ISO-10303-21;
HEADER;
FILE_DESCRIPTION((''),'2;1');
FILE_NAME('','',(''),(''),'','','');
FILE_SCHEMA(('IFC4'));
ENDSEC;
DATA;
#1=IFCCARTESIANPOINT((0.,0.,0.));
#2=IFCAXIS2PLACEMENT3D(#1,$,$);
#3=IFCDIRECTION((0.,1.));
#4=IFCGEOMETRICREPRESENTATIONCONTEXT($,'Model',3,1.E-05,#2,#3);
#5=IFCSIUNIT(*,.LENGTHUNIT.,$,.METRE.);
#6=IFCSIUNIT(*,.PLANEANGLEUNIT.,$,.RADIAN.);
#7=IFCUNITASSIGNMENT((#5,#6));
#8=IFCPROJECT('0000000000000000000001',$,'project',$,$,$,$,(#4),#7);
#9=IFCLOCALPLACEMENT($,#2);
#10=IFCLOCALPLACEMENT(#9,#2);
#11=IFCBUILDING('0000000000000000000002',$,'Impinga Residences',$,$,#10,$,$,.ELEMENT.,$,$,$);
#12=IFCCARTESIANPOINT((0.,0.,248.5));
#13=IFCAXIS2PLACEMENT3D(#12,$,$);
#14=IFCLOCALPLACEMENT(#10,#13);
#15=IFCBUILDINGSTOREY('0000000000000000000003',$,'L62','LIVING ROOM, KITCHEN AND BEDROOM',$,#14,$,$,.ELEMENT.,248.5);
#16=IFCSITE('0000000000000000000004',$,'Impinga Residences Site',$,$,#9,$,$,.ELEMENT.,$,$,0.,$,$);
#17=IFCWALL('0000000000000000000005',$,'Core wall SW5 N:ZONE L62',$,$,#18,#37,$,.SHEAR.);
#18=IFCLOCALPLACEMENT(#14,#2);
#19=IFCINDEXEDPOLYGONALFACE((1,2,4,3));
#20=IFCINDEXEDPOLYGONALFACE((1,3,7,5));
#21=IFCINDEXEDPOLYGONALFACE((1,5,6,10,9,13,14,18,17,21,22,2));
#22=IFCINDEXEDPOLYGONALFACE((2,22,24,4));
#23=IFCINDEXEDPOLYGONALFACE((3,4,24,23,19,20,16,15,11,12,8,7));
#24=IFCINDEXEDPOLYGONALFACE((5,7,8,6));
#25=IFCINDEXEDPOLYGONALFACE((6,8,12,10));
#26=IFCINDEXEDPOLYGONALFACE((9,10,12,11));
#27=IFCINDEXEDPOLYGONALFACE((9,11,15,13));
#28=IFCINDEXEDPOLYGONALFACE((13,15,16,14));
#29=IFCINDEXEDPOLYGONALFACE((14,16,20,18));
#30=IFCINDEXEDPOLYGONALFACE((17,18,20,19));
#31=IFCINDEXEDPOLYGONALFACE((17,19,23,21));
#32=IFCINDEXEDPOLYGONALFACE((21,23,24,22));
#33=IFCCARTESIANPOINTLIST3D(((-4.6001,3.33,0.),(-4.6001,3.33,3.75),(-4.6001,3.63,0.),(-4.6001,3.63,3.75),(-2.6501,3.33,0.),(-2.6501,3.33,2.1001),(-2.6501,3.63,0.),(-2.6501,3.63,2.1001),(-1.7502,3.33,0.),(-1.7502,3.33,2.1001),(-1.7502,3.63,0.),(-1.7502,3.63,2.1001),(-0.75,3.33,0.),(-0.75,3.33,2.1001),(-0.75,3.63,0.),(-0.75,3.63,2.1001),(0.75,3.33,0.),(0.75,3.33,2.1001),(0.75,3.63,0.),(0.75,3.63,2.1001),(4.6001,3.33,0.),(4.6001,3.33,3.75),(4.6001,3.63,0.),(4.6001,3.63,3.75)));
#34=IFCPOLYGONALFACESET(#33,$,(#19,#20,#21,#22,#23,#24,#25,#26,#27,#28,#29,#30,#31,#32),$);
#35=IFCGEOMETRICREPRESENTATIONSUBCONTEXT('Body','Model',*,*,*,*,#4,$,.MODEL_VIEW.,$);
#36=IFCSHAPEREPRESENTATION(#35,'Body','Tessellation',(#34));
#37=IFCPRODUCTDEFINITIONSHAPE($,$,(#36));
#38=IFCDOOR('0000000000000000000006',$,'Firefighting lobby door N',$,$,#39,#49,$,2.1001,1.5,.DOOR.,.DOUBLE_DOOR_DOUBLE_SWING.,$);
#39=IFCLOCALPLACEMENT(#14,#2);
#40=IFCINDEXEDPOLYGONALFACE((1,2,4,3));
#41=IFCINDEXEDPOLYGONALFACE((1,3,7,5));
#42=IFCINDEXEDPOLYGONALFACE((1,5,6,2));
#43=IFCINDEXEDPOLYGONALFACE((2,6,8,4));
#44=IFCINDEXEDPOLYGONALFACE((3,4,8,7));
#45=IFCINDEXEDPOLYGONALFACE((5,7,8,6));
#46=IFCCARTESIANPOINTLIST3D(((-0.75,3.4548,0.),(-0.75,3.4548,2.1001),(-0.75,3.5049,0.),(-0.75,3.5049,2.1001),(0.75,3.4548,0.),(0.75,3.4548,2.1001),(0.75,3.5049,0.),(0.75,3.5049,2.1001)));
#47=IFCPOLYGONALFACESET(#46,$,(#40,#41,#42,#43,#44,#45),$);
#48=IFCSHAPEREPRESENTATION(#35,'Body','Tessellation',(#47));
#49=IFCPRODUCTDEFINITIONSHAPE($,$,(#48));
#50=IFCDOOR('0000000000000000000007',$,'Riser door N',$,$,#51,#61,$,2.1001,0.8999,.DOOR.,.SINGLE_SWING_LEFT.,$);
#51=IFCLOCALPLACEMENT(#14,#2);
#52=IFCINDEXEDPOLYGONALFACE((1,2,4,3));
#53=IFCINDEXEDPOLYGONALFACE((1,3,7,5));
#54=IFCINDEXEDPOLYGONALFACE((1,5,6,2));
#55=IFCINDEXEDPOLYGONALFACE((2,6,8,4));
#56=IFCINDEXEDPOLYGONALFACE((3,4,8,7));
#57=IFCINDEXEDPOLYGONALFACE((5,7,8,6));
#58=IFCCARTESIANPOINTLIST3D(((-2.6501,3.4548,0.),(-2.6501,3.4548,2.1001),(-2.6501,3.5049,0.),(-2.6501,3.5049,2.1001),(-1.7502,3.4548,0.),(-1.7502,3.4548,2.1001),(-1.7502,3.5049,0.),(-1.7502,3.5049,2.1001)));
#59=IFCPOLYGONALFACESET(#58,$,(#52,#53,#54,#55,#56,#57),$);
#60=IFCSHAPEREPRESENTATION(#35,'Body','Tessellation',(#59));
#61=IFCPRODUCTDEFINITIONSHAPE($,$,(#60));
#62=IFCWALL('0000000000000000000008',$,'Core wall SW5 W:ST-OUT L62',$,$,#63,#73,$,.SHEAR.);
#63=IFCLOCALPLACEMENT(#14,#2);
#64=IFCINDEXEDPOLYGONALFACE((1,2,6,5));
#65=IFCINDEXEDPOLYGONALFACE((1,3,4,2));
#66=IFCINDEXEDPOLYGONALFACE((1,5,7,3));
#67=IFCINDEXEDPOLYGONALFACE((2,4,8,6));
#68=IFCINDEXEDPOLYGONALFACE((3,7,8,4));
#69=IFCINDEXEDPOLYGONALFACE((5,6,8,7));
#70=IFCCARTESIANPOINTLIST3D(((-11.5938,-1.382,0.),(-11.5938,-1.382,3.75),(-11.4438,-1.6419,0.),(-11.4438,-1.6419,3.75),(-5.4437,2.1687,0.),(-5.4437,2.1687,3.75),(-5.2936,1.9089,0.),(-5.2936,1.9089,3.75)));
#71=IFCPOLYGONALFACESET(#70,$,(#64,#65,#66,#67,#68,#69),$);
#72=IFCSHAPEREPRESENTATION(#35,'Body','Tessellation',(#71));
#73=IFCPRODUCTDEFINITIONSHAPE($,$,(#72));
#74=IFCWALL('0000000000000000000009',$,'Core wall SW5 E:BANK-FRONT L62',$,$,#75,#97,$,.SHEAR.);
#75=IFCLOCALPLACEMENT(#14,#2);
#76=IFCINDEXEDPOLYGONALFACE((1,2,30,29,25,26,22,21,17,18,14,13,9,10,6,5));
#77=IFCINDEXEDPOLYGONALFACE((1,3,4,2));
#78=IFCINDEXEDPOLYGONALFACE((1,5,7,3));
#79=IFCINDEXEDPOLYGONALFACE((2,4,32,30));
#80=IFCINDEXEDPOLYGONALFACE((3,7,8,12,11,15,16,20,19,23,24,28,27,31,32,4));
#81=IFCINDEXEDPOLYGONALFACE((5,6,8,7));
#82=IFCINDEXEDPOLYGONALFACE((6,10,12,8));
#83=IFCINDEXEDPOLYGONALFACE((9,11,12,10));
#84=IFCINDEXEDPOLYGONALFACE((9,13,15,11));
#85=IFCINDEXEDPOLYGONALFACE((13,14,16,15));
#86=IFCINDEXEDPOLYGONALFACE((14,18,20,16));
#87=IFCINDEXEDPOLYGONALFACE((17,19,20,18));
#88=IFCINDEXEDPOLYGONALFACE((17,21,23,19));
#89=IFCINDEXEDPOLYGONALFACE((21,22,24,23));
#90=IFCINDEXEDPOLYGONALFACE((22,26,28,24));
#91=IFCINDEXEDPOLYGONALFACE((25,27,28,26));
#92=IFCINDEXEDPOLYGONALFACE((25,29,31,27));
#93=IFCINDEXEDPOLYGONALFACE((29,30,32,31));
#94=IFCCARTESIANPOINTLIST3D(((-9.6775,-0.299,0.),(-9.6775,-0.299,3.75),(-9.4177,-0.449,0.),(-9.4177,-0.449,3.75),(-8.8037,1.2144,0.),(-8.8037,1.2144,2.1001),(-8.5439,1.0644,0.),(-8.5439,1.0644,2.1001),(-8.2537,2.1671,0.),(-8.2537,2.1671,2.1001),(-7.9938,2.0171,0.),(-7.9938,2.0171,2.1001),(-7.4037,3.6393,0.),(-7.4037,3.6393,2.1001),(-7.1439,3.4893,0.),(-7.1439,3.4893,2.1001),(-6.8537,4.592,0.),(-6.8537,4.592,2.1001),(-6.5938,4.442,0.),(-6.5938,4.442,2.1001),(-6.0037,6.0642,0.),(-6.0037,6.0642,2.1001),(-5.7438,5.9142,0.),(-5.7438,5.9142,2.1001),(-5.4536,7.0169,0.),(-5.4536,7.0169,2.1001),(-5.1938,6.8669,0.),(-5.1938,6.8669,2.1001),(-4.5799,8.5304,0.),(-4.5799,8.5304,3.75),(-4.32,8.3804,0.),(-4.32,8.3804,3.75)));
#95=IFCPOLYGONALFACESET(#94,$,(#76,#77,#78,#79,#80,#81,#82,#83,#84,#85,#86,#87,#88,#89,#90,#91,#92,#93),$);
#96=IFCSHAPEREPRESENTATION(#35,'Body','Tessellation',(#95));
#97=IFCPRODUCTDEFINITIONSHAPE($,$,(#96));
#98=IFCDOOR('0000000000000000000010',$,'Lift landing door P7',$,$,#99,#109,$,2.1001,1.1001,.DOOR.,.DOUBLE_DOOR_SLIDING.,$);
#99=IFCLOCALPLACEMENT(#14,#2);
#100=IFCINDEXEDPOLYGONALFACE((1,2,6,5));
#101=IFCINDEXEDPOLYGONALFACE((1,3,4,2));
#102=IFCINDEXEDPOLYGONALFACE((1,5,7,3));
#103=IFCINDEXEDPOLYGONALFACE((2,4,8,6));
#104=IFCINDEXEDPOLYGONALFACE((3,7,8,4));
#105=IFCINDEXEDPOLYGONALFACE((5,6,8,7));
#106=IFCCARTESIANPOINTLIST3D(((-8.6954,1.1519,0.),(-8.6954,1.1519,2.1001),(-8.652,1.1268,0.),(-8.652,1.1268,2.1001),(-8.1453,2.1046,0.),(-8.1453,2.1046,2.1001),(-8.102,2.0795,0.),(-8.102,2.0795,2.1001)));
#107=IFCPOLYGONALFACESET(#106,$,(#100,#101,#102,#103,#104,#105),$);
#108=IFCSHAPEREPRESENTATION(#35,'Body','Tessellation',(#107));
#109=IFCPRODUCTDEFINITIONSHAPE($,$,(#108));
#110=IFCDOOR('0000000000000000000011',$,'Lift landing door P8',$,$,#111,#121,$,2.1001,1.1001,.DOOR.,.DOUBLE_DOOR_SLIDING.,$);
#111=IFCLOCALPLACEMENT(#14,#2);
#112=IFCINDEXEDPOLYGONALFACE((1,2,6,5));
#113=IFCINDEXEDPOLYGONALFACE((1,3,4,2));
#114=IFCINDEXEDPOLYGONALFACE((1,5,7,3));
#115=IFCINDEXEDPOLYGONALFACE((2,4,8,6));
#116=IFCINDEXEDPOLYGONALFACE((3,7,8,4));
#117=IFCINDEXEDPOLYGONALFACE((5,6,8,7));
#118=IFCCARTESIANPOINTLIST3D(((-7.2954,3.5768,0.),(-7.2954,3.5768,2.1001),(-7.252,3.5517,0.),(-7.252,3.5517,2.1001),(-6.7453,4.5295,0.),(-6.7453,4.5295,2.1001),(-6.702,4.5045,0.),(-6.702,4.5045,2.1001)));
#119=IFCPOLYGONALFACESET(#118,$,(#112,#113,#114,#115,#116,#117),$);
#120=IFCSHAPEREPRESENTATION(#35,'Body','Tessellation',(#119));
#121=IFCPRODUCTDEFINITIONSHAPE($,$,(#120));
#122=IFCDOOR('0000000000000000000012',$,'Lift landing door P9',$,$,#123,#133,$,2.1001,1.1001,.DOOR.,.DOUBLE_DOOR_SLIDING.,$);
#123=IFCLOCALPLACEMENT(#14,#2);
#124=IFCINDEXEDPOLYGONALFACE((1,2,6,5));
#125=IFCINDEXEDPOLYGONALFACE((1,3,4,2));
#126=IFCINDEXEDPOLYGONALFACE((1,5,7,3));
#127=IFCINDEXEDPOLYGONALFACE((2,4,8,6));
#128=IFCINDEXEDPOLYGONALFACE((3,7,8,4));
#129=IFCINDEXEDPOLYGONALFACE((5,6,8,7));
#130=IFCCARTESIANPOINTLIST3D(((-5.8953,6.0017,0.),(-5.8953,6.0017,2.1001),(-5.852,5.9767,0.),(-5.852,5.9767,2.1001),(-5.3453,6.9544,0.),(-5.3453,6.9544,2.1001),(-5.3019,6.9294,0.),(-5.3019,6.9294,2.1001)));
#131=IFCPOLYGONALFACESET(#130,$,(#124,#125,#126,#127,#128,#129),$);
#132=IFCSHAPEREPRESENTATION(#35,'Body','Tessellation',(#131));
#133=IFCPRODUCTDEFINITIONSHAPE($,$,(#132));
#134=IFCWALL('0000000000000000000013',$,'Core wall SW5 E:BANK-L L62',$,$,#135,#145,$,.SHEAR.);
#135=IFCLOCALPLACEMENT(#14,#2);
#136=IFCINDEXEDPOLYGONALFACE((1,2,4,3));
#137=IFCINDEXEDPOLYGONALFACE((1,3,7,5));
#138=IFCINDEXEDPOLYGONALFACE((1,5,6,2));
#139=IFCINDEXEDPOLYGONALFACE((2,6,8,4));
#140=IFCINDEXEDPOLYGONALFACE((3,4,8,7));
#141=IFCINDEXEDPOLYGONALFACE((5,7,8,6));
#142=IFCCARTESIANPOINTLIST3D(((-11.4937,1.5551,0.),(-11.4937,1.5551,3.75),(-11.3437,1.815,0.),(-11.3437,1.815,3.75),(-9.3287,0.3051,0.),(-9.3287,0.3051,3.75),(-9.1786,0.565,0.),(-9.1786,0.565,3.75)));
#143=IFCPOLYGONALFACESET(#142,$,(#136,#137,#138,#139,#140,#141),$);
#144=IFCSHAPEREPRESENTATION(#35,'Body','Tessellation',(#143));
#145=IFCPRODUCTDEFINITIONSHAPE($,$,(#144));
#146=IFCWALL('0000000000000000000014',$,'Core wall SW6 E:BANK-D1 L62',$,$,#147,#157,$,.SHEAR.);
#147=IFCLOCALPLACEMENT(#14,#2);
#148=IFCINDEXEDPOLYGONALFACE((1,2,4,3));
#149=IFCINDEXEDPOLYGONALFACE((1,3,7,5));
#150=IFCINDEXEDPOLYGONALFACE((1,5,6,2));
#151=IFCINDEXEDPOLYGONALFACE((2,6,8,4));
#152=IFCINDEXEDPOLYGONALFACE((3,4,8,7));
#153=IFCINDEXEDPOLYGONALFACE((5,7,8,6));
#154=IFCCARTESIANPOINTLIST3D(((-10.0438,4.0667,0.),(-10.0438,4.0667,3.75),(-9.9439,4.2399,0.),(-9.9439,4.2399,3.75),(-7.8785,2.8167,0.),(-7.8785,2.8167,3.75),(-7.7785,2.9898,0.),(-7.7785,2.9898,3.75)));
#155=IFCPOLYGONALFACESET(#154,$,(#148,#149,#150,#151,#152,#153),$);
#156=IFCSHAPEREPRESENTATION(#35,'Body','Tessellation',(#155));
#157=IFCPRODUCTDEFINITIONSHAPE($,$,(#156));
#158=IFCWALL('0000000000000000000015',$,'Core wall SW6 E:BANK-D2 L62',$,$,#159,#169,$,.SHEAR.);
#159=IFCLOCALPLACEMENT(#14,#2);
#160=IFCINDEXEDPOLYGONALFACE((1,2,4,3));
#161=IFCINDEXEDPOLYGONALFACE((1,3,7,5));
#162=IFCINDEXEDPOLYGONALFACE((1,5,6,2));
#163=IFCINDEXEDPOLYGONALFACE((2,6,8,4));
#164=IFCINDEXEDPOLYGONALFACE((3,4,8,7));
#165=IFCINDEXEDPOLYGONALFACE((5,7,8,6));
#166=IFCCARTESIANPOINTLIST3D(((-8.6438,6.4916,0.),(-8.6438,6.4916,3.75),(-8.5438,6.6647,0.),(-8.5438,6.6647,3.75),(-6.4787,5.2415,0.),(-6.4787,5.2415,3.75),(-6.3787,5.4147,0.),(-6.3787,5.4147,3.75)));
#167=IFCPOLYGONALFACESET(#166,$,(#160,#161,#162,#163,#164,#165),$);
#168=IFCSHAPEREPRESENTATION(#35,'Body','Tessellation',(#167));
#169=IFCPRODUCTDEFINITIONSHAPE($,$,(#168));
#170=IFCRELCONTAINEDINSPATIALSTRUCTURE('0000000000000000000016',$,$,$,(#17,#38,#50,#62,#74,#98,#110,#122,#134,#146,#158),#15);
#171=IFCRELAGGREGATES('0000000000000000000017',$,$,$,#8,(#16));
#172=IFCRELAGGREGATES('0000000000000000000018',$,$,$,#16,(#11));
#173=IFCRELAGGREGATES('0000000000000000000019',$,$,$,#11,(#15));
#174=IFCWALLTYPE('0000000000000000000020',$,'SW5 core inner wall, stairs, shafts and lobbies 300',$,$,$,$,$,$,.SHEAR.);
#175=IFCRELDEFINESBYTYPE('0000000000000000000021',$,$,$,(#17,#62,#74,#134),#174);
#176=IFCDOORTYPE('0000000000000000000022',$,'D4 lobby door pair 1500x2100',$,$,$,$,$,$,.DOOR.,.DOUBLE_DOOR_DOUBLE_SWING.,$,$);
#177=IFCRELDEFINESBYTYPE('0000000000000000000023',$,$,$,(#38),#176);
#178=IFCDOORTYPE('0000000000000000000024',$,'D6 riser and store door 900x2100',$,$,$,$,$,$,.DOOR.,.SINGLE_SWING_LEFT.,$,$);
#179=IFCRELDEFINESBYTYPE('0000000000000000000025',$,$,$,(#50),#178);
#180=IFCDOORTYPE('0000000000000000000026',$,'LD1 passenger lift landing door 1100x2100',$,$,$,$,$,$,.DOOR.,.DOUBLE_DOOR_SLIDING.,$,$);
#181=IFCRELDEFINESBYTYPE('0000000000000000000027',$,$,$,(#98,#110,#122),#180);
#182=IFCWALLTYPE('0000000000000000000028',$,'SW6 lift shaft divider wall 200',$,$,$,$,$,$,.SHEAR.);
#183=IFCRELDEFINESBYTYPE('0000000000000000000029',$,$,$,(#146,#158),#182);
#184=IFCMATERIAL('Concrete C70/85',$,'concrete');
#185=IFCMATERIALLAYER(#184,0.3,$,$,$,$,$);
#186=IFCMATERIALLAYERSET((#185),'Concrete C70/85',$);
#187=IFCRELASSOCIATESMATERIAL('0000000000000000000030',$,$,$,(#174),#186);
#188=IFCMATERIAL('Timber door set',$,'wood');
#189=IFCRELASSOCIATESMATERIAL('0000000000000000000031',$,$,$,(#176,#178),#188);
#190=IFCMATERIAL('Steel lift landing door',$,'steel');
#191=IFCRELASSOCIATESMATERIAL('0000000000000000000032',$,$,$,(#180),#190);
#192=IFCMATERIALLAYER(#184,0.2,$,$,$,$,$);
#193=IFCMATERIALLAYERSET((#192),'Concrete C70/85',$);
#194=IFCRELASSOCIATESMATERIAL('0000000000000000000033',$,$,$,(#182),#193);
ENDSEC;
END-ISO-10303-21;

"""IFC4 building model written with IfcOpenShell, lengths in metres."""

from ifc_helpers import new_model, si_unit, direction, frame, frame_2d, origin, place, context, subcontext, project, spatial, rectangle, extrude, material, layer, layer_set, type_object, element, fill, save


model = new_model("IFC4")

# Units and contexts
model_context = context("Model", 3, precision=1e-05, world=origin(), true_north=direction((0.0, 1.0)))
body_context = subcontext(model_context, "Body", "Model", "MODEL_VIEW")
ifc_project = project(units=[si_unit("LENGTHUNIT", "METRE"), si_unit("PLANEANGLEUNIT", "RADIAN")], contexts=[model_context])

# Site, building, storey
site_placement = place(None, origin())
site = spatial("IfcSite", under=ifc_project, at=site_placement, Name="Impinga Residences Site", CompositionType="ELEMENT", RefElevation=0.0)
building_placement = place(site_placement, origin())
building = spatial("IfcBuilding", under=site, at=building_placement, Name="Impinga Residences", CompositionType="ELEMENT")
storey_placement = place(building_placement, frame((0.0, 0.0, 248.5)))
storey = spatial("IfcBuildingStorey", under=building, at=storey_placement, Name="L62", Description="LIVING ROOM, KITCHEN AND BEDROOM", CompositionType="ELEMENT", Elevation=248.5)

# Shared definitions
ifc_material_1 = material(Name="Timber door set", Category="wood")

# Wall, openings, doors
ifc_material_2 = material(Name="Concrete C70/85", Category="concrete")
ifc_layer_1 = layer(ifc_material_2, 0.3)
ifc_layer_set_1 = layer_set([ifc_layer_1], Name="Concrete C70/85")
wall_type_1 = type_object("IfcWallType", Name="SW5 core inner wall, stairs, shafts and lobbies 300", PredefinedType="SHEAR", material=ifc_layer_set_1)
wall_1_placement = place(storey_placement, frame((-4.6001, 3.48, 0.0), z_axis=(0.0, 0.0, 1.0), x_axis=(1.0, 0.0, 0.0)))
wall_1 = element("IfcWall", 1, at=wall_1_placement, inside=storey, type_object=wall_type_1, Name="Core wall SW5 N:ZONE L62", PredefinedType="SHEAR", context=body_context, shape_type="SweptSolid", body=[
    extrude(rectangle(XDim=9.2002, YDim=0.3, at=frame_2d((4.6001, 0.0))), origin(), (0.0, 0.0, 1.0), 3.75),
])
opening_1_placement = place(wall_1_placement, frame((3.8501, 0.0, 0.0)))
opening_1 = element("IfcOpeningElement", 2, at=opening_1_placement, cuts=wall_1, PredefinedType="OPENING", context=body_context, shape_type="SweptSolid", body=[
    extrude(rectangle(XDim=1.5, YDim=2.1001, at=frame_2d((0.75, 1.05))), frame((0.0, 0.1599, 0.0), z_axis=(0.0, -1.0, 0.0), x_axis=(1.0, 0.0, 0.0)), (0.0, 0.0, 1.0), 0.3201),
])
opening_2_placement = place(wall_1_placement, frame((1.95, 0.0, 0.0)))
opening_2 = element("IfcOpeningElement", 3, at=opening_2_placement, cuts=wall_1, PredefinedType="OPENING", context=body_context, shape_type="SweptSolid", body=[
    extrude(rectangle(XDim=0.8999, YDim=2.1001, at=frame_2d((0.45, 1.05))), frame((0.0, 0.1599, 0.0), z_axis=(0.0, -1.0, 0.0), x_axis=(1.0, 0.0, 0.0)), (0.0, 0.0, 1.0), 0.3201),
])
door_type_1 = type_object("IfcDoorType", Name="D4 lobby door pair 1500x2100", OperationType="DOUBLE_DOOR_DOUBLE_SWING", PredefinedType="DOOR", material=ifc_material_1)
door_1_placement = place(opening_1_placement, origin())
door_1 = element("IfcDoor", 4, at=door_1_placement, inside=storey, type_object=door_type_1, Name="Firefighting lobby door N", OperationType="DOUBLE_DOOR_DOUBLE_SWING", OverallHeight=2.1001, OverallWidth=1.5, PredefinedType="DOOR", context=body_context, shape_type="SweptSolid", body=[
    extrude(rectangle(XDim=1.5, YDim=2.1001, at=frame_2d((0.75, 1.05))), frame((0.0, 0.0249, 0.0), z_axis=(0.0, -1.0, 0.0), x_axis=(1.0, 0.0, 0.0)), (0.0, 0.0, 1.0), 0.05),
])
fill(opening_1, door_1)
door_type_2 = type_object("IfcDoorType", Name="D6 riser and store door 900x2100", OperationType="SINGLE_SWING_LEFT", PredefinedType="DOOR", material=ifc_material_1)
door_2_placement = place(opening_2_placement, origin())
door_2 = element("IfcDoor", 5, at=door_2_placement, inside=storey, type_object=door_type_2, Name="Riser door N", OperationType="SINGLE_SWING_LEFT", OverallHeight=2.1001, OverallWidth=0.8999, PredefinedType="DOOR", context=body_context, shape_type="SweptSolid", body=[
    extrude(rectangle(XDim=0.8999, YDim=2.1001, at=frame_2d((0.45, 1.05))), frame((0.0, 0.0249, 0.0), z_axis=(0.0, -1.0, 0.0), x_axis=(1.0, 0.0, 0.0)), (0.0, 0.0, 1.0), 0.05),
])
fill(opening_2, door_2)

# Wall
wall_2_placement = place(storey_placement, frame((-5.3687, 2.0388, 0.0), z_axis=(0.0, 0.0, 1.0), x_axis=(-0.866026, -0.499999, 0.0)))
element("IfcWall", 6, at=wall_2_placement, inside=storey, type_object=wall_type_1, Name="Core wall SW5 W:ST-OUT L62", PredefinedType="SHEAR", context=body_context, shape_type="SweptSolid", body=[
    extrude(rectangle(XDim=7.1016, YDim=0.3, at=frame_2d((3.5508, 0.0))), origin(), (0.0, 0.0, 1.0), 3.75),
])

# Wall, openings, doors
wall_3_placement = place(storey_placement, frame((-9.5476, -0.374, 0.0), z_axis=(0.0, 0.0, 1.0), x_axis=(0.500002, 0.866024, 0.0)))
wall_3 = element("IfcWall", 7, at=wall_3_placement, inside=storey, type_object=wall_type_1, Name="Core wall SW5 E:BANK-FRONT L62", PredefinedType="SHEAR", context=body_context, shape_type="SweptSolid", body=[
    extrude(rectangle(XDim=10.1953, YDim=0.3, at=frame_2d((5.0977, 0.0))), origin(), (0.0, 0.0, 1.0), 3.75),
])
opening_3_placement = place(wall_3_placement, frame((1.7476, 0.0, 0.0)))
opening_3 = element("IfcOpeningElement", 8, at=opening_3_placement, cuts=wall_3, PredefinedType="OPENING", context=body_context, shape_type="SweptSolid", body=[
    extrude(rectangle(XDim=1.1001, YDim=2.1001, at=frame_2d((0.55, 1.05))), frame((0.0, 0.1599, 0.0), z_axis=(0.0, -1.0, 0.0), x_axis=(1.0, 0.0, 0.0)), (0.0, 0.0, 1.0), 0.3201),
])
opening_4_placement = place(wall_3_placement, frame((4.5476, 0.0, 0.0)))
opening_4 = element("IfcOpeningElement", 9, at=opening_4_placement, cuts=wall_3, PredefinedType="OPENING", context=body_context, shape_type="SweptSolid", body=[
    extrude(rectangle(XDim=1.1001, YDim=2.1001, at=frame_2d((0.55, 1.05))), frame((0.0, 0.1599, 0.0), z_axis=(0.0, -1.0, 0.0), x_axis=(1.0, 0.0, 0.0)), (0.0, 0.0, 1.0), 0.3201),
])
opening_5_placement = place(wall_3_placement, frame((7.3477, 0.0, 0.0)))
opening_5 = element("IfcOpeningElement", 10, at=opening_5_placement, cuts=wall_3, PredefinedType="OPENING", context=body_context, shape_type="SweptSolid", body=[
    extrude(rectangle(XDim=1.1001, YDim=2.1001, at=frame_2d((0.55, 1.05))), frame((0.0, 0.1599, 0.0), z_axis=(0.0, -1.0, 0.0), x_axis=(1.0, 0.0, 0.0)), (0.0, 0.0, 1.0), 0.3201),
])
ifc_material_3 = material(Name="Steel lift landing door", Category="steel")
door_type_3 = type_object("IfcDoorType", Name="LD1 passenger lift landing door 1100x2100", OperationType="DOUBLE_DOOR_SLIDING", PredefinedType="DOOR", material=ifc_material_3)
door_3_placement = place(opening_3_placement, origin())
door_3 = element("IfcDoor", 11, at=door_3_placement, inside=storey, type_object=door_type_3, Name="Lift landing door P7", OperationType="DOUBLE_DOOR_SLIDING", OverallHeight=2.1001, OverallWidth=1.1001, PredefinedType="DOOR", context=body_context, shape_type="SweptSolid", body=[
    extrude(rectangle(XDim=1.1001, YDim=2.1001, at=frame_2d((0.55, 1.05))), frame((0.0, 0.0249, 0.0), z_axis=(0.0, -1.0, 0.0), x_axis=(1.0, 0.0, 0.0)), (0.0, 0.0, 1.0), 0.05),
])
fill(opening_3, door_3)
door_4_placement = place(opening_4_placement, origin())
door_4 = element("IfcDoor", 12, at=door_4_placement, inside=storey, type_object=door_type_3, Name="Lift landing door P8", OperationType="DOUBLE_DOOR_SLIDING", OverallHeight=2.1001, OverallWidth=1.1001, PredefinedType="DOOR", context=body_context, shape_type="SweptSolid", body=[
    extrude(rectangle(XDim=1.1001, YDim=2.1001, at=frame_2d((0.55, 1.05))), frame((0.0, 0.0249, 0.0), z_axis=(0.0, -1.0, 0.0), x_axis=(1.0, 0.0, 0.0)), (0.0, 0.0, 1.0), 0.05),
])
fill(opening_4, door_4)
door_5_placement = place(opening_5_placement, origin())
door_5 = element("IfcDoor", 13, at=door_5_placement, inside=storey, type_object=door_type_3, Name="Lift landing door P9", OperationType="DOUBLE_DOOR_SLIDING", OverallHeight=2.1001, OverallWidth=1.1001, PredefinedType="DOOR", context=body_context, shape_type="SweptSolid", body=[
    extrude(rectangle(XDim=1.1001, YDim=2.1001, at=frame_2d((0.55, 1.05))), frame((0.0, 0.0249, 0.0), z_axis=(0.0, -1.0, 0.0), x_axis=(1.0, 0.0, 0.0)), (0.0, 0.0, 1.0), 0.05),
])
fill(opening_5, door_5)

# Walls
wall_4_placement = place(storey_placement, frame((-9.2537, 0.4351, 0.0), z_axis=(0.0, 0.0, 1.0), x_axis=(-0.866023, 0.500004, 0.0)))
element("IfcWall", 14, at=wall_4_placement, inside=storey, type_object=wall_type_1, Name="Core wall SW5 E:BANK-L L62", PredefinedType="SHEAR", context=body_context, shape_type="SweptSolid", body=[
    extrude(rectangle(XDim=2.5, YDim=0.3, at=frame_2d((1.25, 0.0))), origin(), (0.0, 0.0, 1.0), 3.75),
])
ifc_layer_2 = layer(ifc_material_2, 0.2)
ifc_layer_set_2 = layer_set([ifc_layer_2], Name="Concrete C70/85")
wall_type_2 = type_object("IfcWallType", Name="SW6 lift shaft divider wall 200", PredefinedType="SHEAR", material=ifc_layer_set_2)
wall_5_placement = place(storey_placement, frame((-7.8286, 2.9033, 0.0), z_axis=(0.0, 0.0, 1.0), x_axis=(-0.866047, 0.499962, 0.0)))
element("IfcWall", 15, at=wall_5_placement, inside=storey, type_object=wall_type_2, Name="Core wall SW6 E:BANK-D1 L62", PredefinedType="SHEAR", context=body_context, shape_type="SweptSolid", body=[
    extrude(rectangle(XDim=2.5002, YDim=0.2, at=frame_2d((1.25, 0.0))), origin(), (0.0, 0.0, 1.0), 3.75),
])
wall_6_placement = place(storey_placement, frame((-6.4287, 5.3281, 0.0), z_axis=(0.0, 0.0, 1.0), x_axis=(-0.866023, 0.500004, 0.0)))
element("IfcWall", 16, at=wall_6_placement, inside=storey, type_object=wall_type_2, Name="Core wall SW6 E:BANK-D2 L62", PredefinedType="SHEAR", context=body_context, shape_type="SweptSolid", body=[
    extrude(rectangle(XDim=2.5, YDim=0.2, at=frame_2d((1.25, 0.0))), origin(), (0.0, 0.0, 1.0), 3.75),
])

save(model, "model.ifc")
